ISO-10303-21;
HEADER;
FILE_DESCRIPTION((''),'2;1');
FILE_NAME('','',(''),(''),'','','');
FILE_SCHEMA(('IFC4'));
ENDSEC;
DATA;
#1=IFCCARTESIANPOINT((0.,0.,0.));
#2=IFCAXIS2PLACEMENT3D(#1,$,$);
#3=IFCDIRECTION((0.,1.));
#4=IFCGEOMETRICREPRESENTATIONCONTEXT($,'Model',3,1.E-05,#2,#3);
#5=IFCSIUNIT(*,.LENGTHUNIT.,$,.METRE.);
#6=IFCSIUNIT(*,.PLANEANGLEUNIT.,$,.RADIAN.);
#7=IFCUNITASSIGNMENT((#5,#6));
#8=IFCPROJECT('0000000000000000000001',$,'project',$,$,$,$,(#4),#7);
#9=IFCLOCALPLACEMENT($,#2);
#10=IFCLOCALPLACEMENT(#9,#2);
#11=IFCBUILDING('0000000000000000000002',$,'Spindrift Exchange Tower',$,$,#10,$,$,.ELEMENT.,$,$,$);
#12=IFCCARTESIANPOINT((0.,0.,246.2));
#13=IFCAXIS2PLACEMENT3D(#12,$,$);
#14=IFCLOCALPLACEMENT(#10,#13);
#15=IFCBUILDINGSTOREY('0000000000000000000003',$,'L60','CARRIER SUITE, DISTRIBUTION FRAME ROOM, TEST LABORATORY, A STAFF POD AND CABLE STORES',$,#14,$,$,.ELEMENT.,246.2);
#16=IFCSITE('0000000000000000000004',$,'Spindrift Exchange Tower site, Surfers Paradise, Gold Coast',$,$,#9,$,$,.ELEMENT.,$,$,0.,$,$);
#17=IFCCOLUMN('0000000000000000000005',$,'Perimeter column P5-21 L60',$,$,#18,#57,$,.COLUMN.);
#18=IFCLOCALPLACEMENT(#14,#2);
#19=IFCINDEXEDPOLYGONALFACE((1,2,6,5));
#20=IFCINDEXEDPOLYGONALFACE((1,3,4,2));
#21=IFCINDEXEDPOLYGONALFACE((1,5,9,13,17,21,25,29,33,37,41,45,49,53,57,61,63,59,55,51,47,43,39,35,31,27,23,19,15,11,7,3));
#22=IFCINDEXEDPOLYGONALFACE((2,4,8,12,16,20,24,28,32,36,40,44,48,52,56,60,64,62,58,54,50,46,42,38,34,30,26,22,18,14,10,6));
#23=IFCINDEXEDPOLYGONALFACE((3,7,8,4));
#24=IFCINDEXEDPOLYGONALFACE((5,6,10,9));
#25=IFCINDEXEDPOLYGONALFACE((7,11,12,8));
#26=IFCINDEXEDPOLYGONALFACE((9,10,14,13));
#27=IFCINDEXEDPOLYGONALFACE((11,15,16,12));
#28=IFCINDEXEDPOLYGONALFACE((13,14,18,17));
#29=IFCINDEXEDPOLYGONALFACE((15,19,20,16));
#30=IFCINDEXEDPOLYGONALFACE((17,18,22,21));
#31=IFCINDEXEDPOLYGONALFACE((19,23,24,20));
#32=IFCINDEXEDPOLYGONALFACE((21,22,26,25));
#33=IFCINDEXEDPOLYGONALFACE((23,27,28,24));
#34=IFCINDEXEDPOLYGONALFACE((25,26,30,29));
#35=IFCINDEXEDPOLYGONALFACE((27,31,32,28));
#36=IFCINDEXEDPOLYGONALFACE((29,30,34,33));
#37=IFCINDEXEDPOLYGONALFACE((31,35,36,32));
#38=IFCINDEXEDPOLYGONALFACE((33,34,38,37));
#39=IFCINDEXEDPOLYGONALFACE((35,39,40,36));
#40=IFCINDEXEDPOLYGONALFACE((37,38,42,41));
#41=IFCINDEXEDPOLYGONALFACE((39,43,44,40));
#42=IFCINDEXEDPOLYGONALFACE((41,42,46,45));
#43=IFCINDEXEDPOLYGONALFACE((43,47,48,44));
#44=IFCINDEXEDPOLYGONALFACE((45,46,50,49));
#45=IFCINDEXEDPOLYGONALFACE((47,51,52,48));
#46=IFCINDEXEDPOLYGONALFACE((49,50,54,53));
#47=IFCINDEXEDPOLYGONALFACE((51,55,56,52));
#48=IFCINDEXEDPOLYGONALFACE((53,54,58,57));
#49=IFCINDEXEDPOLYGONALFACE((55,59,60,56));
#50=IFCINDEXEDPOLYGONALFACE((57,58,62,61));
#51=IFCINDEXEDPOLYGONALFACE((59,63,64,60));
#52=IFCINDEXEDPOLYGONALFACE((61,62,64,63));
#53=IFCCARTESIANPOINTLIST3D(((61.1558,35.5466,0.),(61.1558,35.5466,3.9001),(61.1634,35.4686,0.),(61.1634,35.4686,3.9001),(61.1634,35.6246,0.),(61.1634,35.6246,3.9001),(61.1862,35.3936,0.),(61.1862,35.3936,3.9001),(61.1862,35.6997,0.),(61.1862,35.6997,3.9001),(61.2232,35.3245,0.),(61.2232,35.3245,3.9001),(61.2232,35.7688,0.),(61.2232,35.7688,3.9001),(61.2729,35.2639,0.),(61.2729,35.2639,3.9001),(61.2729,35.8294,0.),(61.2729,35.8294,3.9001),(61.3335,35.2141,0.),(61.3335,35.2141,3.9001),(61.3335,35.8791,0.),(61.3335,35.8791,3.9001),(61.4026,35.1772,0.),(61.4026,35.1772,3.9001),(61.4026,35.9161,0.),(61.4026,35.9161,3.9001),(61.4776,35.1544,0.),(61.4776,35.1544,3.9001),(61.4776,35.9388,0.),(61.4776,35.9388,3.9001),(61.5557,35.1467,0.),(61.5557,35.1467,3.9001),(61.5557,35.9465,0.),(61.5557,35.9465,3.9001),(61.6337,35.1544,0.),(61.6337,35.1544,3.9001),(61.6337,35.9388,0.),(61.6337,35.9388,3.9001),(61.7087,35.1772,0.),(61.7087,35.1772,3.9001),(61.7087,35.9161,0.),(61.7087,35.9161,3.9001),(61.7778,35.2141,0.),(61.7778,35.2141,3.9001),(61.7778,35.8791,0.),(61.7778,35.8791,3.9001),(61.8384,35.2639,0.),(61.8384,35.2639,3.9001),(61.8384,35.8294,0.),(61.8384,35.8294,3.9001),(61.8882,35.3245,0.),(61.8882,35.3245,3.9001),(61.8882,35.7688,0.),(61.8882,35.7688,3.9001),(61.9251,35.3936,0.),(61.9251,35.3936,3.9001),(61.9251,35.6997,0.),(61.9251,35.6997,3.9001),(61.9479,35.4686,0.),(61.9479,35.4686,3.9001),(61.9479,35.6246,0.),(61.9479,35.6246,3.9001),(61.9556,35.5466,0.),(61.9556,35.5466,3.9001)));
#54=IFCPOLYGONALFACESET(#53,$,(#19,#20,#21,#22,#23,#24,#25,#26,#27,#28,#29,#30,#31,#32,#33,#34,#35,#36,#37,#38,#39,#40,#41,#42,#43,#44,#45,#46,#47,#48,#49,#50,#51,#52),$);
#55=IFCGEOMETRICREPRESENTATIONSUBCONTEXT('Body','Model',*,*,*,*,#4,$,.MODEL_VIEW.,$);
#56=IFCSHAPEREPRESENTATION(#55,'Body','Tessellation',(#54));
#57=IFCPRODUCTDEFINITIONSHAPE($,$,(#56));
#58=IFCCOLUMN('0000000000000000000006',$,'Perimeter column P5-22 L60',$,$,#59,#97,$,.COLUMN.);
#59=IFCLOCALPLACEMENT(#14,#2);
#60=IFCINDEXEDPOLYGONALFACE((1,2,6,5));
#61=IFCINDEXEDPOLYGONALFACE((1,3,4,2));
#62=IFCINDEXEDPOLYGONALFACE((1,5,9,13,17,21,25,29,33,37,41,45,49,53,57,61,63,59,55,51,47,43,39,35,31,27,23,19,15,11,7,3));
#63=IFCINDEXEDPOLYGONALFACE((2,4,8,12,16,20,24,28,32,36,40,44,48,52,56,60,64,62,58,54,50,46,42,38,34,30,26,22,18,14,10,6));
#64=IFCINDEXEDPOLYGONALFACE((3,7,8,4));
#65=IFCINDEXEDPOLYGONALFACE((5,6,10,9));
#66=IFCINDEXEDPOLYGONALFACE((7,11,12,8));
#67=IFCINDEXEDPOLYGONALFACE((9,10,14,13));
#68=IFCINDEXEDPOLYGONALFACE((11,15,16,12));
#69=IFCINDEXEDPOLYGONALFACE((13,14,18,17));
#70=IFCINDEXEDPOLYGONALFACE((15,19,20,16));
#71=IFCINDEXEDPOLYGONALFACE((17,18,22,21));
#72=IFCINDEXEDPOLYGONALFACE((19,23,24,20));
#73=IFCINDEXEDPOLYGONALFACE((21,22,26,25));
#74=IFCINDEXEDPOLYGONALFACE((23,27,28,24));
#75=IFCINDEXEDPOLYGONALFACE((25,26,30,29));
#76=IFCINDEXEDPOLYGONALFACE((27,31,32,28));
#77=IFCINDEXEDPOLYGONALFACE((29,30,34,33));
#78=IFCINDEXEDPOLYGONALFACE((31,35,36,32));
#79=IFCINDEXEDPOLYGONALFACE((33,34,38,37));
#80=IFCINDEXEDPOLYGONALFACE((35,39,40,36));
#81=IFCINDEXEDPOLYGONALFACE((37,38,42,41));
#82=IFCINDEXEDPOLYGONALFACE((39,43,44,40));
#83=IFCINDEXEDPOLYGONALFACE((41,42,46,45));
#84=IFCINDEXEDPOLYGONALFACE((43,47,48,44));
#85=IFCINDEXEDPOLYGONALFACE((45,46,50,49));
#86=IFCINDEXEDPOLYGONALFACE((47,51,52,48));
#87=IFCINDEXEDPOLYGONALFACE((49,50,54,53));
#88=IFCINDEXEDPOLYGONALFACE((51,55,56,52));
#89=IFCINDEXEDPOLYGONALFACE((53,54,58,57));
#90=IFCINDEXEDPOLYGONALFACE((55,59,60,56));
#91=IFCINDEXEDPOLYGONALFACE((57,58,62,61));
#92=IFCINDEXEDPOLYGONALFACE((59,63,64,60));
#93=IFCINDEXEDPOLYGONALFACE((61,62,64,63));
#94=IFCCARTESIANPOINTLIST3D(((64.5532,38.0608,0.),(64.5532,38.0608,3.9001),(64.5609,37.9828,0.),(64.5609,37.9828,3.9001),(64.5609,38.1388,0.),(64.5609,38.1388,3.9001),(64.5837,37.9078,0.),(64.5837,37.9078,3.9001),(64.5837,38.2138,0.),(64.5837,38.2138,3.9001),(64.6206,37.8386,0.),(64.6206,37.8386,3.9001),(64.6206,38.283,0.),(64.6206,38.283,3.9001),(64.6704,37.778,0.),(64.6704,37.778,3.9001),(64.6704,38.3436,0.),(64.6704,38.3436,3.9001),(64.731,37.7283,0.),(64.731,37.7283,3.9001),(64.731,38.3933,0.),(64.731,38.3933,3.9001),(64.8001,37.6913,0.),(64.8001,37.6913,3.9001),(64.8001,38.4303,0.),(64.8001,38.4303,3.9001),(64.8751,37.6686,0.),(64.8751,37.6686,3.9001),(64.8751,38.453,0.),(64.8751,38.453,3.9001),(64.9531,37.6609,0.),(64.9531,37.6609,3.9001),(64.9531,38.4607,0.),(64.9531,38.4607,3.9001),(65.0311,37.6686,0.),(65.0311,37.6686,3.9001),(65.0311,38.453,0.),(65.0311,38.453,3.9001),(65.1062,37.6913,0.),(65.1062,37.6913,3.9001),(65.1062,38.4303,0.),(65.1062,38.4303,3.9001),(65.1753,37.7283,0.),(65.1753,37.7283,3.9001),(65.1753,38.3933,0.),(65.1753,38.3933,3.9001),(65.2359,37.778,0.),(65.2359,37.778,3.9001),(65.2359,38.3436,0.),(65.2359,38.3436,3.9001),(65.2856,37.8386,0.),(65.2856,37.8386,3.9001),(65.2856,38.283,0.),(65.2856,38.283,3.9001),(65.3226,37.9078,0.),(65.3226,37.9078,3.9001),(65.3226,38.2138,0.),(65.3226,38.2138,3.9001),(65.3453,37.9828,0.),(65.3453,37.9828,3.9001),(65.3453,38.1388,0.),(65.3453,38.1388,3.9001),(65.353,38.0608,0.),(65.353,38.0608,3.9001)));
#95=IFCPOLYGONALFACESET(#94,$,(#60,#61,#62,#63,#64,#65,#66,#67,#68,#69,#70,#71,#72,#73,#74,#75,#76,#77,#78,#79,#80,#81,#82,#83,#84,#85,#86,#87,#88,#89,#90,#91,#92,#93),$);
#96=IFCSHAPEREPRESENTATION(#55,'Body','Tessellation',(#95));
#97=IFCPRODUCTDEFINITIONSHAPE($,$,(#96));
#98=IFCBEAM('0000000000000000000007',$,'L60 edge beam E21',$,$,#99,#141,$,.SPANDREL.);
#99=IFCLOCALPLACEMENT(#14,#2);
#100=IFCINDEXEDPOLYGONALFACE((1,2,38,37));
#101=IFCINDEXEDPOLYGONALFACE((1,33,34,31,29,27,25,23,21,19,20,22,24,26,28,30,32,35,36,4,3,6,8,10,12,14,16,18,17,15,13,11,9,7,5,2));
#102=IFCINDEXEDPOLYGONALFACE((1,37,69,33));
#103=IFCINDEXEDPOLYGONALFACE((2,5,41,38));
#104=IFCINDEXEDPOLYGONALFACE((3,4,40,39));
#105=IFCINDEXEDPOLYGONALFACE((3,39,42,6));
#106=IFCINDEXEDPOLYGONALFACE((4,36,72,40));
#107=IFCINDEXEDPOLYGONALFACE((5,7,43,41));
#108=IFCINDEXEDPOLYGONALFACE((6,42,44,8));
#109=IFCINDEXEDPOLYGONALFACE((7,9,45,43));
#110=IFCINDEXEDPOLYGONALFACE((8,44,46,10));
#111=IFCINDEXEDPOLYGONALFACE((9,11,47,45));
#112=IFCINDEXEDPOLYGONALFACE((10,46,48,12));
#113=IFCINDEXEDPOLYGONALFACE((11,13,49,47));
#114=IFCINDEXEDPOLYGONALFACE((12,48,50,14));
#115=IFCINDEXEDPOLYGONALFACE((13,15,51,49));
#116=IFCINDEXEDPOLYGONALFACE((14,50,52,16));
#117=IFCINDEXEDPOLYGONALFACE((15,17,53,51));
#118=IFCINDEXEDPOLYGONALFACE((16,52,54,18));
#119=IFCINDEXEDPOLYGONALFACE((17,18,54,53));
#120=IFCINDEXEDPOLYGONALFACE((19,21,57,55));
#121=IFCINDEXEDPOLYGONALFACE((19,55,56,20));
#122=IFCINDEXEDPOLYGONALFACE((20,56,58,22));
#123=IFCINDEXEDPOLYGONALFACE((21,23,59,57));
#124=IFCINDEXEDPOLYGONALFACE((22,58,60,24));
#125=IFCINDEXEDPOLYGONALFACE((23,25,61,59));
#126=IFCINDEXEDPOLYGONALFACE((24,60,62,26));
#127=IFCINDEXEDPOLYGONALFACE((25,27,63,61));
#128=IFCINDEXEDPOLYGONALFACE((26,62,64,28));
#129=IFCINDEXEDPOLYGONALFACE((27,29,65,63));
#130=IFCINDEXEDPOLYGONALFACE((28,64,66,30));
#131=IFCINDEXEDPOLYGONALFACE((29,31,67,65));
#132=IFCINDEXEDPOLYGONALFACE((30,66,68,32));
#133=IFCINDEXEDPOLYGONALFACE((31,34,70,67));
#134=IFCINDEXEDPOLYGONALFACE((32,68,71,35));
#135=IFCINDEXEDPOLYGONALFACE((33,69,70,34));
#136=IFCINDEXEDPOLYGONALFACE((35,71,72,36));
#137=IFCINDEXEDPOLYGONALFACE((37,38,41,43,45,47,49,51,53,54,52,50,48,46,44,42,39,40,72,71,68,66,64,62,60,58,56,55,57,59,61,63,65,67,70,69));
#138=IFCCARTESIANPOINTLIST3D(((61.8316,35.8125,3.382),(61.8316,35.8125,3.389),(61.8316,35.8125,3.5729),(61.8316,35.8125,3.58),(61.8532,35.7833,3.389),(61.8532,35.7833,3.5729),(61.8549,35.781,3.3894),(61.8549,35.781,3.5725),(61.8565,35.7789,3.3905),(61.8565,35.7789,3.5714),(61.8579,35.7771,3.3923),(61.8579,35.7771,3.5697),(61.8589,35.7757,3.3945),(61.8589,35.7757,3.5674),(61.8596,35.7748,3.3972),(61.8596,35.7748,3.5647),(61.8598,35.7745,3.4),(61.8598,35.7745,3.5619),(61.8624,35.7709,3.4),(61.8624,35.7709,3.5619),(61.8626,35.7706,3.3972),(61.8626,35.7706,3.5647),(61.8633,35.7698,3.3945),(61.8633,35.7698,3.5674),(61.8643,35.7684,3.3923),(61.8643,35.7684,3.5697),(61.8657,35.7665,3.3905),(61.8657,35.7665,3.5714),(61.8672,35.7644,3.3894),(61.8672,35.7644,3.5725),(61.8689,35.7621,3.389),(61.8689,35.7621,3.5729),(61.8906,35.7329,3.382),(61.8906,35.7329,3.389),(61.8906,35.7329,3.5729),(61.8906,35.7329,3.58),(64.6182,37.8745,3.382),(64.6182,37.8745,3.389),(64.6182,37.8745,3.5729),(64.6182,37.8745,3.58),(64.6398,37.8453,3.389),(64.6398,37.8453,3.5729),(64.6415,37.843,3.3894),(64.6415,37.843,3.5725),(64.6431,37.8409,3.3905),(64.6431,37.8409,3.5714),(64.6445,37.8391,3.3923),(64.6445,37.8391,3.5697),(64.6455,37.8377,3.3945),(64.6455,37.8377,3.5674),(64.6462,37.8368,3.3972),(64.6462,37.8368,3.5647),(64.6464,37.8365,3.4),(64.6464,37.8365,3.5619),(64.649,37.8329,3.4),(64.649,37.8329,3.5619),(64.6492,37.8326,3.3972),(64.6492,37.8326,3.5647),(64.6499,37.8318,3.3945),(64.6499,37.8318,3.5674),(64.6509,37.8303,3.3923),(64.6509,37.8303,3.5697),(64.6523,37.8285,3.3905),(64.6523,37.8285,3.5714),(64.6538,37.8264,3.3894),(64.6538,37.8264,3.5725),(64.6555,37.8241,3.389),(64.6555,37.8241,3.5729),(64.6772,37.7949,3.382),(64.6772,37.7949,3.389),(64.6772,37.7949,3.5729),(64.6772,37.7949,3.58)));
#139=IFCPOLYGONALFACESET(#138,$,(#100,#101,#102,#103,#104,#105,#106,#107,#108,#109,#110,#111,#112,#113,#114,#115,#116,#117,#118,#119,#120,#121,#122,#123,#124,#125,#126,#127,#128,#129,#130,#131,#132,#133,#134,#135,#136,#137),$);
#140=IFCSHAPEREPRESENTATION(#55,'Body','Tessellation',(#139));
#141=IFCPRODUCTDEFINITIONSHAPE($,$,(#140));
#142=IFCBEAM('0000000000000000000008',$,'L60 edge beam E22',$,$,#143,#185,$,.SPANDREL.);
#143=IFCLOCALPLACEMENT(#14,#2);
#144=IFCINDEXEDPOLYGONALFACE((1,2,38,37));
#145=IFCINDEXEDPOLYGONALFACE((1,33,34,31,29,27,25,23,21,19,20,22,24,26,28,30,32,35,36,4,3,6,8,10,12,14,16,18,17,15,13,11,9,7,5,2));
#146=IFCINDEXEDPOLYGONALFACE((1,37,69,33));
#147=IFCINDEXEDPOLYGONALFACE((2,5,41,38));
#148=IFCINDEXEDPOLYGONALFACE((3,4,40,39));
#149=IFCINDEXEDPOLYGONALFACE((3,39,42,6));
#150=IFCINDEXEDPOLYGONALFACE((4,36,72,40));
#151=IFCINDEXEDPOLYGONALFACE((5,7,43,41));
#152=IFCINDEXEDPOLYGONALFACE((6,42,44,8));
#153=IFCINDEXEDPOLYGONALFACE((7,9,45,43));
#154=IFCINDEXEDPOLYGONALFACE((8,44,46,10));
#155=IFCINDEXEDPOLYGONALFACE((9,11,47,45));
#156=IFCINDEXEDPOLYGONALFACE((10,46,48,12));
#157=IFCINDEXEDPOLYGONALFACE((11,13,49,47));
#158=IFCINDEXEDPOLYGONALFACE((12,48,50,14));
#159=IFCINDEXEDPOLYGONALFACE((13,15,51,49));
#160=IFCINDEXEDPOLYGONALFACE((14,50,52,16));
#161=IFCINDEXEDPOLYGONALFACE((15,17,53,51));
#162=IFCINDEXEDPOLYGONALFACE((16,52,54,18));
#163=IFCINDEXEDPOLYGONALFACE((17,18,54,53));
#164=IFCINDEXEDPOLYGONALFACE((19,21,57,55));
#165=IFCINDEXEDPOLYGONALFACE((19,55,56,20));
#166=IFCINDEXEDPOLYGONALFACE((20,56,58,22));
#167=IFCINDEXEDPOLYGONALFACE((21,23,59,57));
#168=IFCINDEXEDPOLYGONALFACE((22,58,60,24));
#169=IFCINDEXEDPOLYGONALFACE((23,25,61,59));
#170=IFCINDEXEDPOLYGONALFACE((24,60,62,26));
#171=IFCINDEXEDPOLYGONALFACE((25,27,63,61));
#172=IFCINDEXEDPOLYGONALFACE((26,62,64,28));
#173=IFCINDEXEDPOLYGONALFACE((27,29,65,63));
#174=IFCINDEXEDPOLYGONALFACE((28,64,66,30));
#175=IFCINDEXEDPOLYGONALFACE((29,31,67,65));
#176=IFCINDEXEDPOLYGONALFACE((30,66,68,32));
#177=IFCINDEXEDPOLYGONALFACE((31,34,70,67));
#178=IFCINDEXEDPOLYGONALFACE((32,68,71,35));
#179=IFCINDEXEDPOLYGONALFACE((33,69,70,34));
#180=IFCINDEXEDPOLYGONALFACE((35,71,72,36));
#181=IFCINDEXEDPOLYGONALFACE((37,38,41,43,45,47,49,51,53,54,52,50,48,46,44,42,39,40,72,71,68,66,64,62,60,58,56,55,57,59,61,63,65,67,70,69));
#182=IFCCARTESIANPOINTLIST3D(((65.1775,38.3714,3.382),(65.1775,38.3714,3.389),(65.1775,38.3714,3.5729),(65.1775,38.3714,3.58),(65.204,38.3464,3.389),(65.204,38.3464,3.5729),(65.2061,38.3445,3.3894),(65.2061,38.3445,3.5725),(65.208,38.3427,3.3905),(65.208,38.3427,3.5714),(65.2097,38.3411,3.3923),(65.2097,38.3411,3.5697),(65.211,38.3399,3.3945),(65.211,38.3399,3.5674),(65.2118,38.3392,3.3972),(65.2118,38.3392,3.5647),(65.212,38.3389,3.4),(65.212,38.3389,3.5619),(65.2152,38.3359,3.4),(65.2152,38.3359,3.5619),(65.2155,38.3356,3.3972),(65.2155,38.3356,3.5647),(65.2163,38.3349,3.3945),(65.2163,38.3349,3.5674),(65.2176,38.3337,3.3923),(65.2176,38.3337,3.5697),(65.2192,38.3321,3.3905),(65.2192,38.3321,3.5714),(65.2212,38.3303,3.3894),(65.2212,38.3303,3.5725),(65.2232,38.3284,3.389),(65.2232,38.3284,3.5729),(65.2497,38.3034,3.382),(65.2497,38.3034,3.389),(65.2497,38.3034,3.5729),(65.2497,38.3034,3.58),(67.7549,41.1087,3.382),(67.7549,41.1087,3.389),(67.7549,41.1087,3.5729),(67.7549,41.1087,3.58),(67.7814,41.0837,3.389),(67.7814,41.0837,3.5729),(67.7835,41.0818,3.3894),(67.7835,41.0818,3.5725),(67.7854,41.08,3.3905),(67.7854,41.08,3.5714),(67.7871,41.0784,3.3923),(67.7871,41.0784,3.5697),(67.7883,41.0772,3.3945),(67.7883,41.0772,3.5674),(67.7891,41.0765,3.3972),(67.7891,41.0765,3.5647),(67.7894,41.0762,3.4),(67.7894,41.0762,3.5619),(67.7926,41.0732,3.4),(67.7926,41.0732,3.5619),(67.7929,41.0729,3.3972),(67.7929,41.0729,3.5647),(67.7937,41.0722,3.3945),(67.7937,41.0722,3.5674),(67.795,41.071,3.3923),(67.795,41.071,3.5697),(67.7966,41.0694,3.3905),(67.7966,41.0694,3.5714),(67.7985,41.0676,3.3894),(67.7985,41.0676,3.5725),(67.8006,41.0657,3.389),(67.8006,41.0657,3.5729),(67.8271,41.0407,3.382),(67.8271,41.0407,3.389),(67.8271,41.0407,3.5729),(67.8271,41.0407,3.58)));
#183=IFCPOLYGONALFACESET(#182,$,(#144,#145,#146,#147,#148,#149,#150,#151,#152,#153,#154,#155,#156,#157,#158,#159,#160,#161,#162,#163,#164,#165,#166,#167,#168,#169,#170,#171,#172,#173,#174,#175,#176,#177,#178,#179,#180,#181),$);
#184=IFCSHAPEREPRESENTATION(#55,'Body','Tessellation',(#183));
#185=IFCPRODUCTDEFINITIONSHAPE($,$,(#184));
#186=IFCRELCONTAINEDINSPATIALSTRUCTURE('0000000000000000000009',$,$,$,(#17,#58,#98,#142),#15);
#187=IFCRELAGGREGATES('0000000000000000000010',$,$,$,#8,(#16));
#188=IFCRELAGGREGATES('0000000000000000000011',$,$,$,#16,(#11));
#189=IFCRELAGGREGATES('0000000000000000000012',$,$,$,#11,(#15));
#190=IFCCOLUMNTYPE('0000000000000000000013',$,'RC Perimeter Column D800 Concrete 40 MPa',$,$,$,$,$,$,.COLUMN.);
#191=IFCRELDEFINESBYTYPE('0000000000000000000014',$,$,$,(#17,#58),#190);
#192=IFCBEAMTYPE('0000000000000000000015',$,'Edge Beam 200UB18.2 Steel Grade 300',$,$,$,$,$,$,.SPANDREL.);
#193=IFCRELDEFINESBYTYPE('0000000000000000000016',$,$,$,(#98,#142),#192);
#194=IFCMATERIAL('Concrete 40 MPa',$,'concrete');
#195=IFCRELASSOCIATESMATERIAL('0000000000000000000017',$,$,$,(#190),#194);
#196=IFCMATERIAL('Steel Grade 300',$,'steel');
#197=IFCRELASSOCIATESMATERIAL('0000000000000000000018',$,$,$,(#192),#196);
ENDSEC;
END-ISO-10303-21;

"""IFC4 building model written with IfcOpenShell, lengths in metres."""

from ifc_helpers import new_model, si_unit, direction, frame, origin, origin_2d, place, context, subcontext, project, spatial, circle, i_section, extrude, source, transform, mapped, material, material_profile, profile_set, type_object, element, save


model = new_model("IFC4")

# Units and contexts
model_context = context("Model", 3, precision=1e-05, world=origin(), true_north=direction((0.0, 1.0)))
body_context = subcontext(model_context, "Body", "Model", "MODEL_VIEW")
ifc_project = project(units=[si_unit("LENGTHUNIT", "METRE"), si_unit("PLANEANGLEUNIT", "RADIAN")], contexts=[model_context])

# Site, building, storey
site_placement = place(None, origin())
site = spatial("IfcSite", under=ifc_project, at=site_placement, Name="Spindrift Exchange Tower site, Surfers Paradise, Gold Coast", CompositionType="ELEMENT", RefElevation=0.0)
building_placement = place(site_placement, origin())
building = spatial("IfcBuilding", under=site, at=building_placement, Name="Spindrift Exchange Tower", CompositionType="ELEMENT")
storey_placement = place(building_placement, frame((0.0, 0.0, 246.2)))
storey = spatial("IfcBuildingStorey", under=building, at=storey_placement, Name="L60", Description="CARRIER SUITE, DISTRIBUTION FRAME ROOM, TEST LABORATORY, A STAFF POD AND CABLE STORES", CompositionType="ELEMENT", Elevation=246.2)

# Columns
ifc_material_1 = material(Name="Concrete 40 MPa", Category="concrete")
ifc_material_profile_1 = material_profile(ifc_material_1, circle(Radius=0.3999, at=origin_2d()), Name="RC D800")
ifc_profile_set_1 = profile_set([ifc_material_profile_1], Name="Concrete 40 MPa")
column_type = type_object("IfcColumnType", Name="RC Perimeter Column D800 Concrete 40 MPa", PredefinedType="COLUMN", material=ifc_profile_set_1)
shared_shape_1 = source(origin(), body_context, "Body", "SweptSolid", [
    extrude(circle(Radius=0.3999, at=origin_2d()), origin(), (0.0, 0.0, 1.0), 3.9001),
])
for number, where, z_axis, x_axis, name in (
    (1, (61.5557, 35.5466, 0.0), (0.0, 0.0, 1.0), (1.0, 0.0, 0.0), "Perimeter column P5-21 L60"),
    (2, (64.9531, 38.0608, 0.0), (0.0, 0.0, 1.0), (1.0, 0.0, 0.0), "Perimeter column P5-22 L60"),
):
    element("IfcColumn", number, at=place(storey_placement, frame(where, z_axis=z_axis, x_axis=x_axis)), inside=storey, type_object=column_type, Name=name, PredefinedType="COLUMN", context=body_context, shape_type="MappedRepresentation", body=[
        mapped(shared_shape_1, transform((0.0, 0.0, 0.0), scale=1.0)),
    ])

# Beams
ifc_material_2 = material(Name="Steel Grade 300", Category="steel")
ifc_material_profile_2 = material_profile(ifc_material_2, i_section(OverallWidth=0.0991, OverallDepth=0.198, WebThickness=0.0044, FlangeThickness=0.0071, FilletRadius=0.011, at=origin_2d()), Name="200UB18.2")
ifc_profile_set_2 = profile_set([ifc_material_profile_2], Name="Steel Grade 300")
beam_type_1 = type_object("IfcBeamType", Name="Edge Beam 200UB18.2 Steel Grade 300", PredefinedType="SPANDREL", material=ifc_profile_set_2)
shared_shape_2 = source(origin(), body_context, "Body", "SweptSolid", [
    extrude(i_section(OverallWidth=0.0991, OverallDepth=0.198, WebThickness=0.0044, FlangeThickness=0.0071, FilletRadius=0.011, at=origin_2d()), origin(), (0.0, 0.0, 1.0), 3.4666),
])
beam_1_placement = place(storey_placement, frame((61.8611, 35.7727, 3.481), z_axis=(0.803854, 0.594827, 0.0), x_axis=(-0.594827, 0.803854, 0.0)))
element("IfcBeam", 3, at=beam_1_placement, inside=storey, type_object=beam_type_1, Name="L60 edge beam E21", PredefinedType="SPANDREL", context=body_context, shape_type="MappedRepresentation", body=[
    mapped(shared_shape_2, transform((0.0, 0.0, 0.0), scale=1.0)),
])
shared_shape_3 = source(origin(), body_context, "Body", "SweptSolid", [
    extrude(i_section(OverallWidth=0.0991, OverallDepth=0.198, WebThickness=0.0044, FlangeThickness=0.0071, FilletRadius=0.011, at=origin_2d()), origin(), (0.0, 0.0, 1.0), 3.7598),
])
beam_2_placement = place(storey_placement, frame((65.2136, 38.3374, 3.481), z_axis=(0.685521, 0.728053, 0.0), x_axis=(-0.728053, 0.685521, 0.0)))
element("IfcBeam", 4, at=beam_2_placement, inside=storey, type_object=beam_type_1, Name="L60 edge beam E22", PredefinedType="SPANDREL", context=body_context, shape_type="MappedRepresentation", body=[
    mapped(shared_shape_3, transform((0.0, 0.0, 0.0), scale=1.0)),
])

save(model, "model.ifc")
